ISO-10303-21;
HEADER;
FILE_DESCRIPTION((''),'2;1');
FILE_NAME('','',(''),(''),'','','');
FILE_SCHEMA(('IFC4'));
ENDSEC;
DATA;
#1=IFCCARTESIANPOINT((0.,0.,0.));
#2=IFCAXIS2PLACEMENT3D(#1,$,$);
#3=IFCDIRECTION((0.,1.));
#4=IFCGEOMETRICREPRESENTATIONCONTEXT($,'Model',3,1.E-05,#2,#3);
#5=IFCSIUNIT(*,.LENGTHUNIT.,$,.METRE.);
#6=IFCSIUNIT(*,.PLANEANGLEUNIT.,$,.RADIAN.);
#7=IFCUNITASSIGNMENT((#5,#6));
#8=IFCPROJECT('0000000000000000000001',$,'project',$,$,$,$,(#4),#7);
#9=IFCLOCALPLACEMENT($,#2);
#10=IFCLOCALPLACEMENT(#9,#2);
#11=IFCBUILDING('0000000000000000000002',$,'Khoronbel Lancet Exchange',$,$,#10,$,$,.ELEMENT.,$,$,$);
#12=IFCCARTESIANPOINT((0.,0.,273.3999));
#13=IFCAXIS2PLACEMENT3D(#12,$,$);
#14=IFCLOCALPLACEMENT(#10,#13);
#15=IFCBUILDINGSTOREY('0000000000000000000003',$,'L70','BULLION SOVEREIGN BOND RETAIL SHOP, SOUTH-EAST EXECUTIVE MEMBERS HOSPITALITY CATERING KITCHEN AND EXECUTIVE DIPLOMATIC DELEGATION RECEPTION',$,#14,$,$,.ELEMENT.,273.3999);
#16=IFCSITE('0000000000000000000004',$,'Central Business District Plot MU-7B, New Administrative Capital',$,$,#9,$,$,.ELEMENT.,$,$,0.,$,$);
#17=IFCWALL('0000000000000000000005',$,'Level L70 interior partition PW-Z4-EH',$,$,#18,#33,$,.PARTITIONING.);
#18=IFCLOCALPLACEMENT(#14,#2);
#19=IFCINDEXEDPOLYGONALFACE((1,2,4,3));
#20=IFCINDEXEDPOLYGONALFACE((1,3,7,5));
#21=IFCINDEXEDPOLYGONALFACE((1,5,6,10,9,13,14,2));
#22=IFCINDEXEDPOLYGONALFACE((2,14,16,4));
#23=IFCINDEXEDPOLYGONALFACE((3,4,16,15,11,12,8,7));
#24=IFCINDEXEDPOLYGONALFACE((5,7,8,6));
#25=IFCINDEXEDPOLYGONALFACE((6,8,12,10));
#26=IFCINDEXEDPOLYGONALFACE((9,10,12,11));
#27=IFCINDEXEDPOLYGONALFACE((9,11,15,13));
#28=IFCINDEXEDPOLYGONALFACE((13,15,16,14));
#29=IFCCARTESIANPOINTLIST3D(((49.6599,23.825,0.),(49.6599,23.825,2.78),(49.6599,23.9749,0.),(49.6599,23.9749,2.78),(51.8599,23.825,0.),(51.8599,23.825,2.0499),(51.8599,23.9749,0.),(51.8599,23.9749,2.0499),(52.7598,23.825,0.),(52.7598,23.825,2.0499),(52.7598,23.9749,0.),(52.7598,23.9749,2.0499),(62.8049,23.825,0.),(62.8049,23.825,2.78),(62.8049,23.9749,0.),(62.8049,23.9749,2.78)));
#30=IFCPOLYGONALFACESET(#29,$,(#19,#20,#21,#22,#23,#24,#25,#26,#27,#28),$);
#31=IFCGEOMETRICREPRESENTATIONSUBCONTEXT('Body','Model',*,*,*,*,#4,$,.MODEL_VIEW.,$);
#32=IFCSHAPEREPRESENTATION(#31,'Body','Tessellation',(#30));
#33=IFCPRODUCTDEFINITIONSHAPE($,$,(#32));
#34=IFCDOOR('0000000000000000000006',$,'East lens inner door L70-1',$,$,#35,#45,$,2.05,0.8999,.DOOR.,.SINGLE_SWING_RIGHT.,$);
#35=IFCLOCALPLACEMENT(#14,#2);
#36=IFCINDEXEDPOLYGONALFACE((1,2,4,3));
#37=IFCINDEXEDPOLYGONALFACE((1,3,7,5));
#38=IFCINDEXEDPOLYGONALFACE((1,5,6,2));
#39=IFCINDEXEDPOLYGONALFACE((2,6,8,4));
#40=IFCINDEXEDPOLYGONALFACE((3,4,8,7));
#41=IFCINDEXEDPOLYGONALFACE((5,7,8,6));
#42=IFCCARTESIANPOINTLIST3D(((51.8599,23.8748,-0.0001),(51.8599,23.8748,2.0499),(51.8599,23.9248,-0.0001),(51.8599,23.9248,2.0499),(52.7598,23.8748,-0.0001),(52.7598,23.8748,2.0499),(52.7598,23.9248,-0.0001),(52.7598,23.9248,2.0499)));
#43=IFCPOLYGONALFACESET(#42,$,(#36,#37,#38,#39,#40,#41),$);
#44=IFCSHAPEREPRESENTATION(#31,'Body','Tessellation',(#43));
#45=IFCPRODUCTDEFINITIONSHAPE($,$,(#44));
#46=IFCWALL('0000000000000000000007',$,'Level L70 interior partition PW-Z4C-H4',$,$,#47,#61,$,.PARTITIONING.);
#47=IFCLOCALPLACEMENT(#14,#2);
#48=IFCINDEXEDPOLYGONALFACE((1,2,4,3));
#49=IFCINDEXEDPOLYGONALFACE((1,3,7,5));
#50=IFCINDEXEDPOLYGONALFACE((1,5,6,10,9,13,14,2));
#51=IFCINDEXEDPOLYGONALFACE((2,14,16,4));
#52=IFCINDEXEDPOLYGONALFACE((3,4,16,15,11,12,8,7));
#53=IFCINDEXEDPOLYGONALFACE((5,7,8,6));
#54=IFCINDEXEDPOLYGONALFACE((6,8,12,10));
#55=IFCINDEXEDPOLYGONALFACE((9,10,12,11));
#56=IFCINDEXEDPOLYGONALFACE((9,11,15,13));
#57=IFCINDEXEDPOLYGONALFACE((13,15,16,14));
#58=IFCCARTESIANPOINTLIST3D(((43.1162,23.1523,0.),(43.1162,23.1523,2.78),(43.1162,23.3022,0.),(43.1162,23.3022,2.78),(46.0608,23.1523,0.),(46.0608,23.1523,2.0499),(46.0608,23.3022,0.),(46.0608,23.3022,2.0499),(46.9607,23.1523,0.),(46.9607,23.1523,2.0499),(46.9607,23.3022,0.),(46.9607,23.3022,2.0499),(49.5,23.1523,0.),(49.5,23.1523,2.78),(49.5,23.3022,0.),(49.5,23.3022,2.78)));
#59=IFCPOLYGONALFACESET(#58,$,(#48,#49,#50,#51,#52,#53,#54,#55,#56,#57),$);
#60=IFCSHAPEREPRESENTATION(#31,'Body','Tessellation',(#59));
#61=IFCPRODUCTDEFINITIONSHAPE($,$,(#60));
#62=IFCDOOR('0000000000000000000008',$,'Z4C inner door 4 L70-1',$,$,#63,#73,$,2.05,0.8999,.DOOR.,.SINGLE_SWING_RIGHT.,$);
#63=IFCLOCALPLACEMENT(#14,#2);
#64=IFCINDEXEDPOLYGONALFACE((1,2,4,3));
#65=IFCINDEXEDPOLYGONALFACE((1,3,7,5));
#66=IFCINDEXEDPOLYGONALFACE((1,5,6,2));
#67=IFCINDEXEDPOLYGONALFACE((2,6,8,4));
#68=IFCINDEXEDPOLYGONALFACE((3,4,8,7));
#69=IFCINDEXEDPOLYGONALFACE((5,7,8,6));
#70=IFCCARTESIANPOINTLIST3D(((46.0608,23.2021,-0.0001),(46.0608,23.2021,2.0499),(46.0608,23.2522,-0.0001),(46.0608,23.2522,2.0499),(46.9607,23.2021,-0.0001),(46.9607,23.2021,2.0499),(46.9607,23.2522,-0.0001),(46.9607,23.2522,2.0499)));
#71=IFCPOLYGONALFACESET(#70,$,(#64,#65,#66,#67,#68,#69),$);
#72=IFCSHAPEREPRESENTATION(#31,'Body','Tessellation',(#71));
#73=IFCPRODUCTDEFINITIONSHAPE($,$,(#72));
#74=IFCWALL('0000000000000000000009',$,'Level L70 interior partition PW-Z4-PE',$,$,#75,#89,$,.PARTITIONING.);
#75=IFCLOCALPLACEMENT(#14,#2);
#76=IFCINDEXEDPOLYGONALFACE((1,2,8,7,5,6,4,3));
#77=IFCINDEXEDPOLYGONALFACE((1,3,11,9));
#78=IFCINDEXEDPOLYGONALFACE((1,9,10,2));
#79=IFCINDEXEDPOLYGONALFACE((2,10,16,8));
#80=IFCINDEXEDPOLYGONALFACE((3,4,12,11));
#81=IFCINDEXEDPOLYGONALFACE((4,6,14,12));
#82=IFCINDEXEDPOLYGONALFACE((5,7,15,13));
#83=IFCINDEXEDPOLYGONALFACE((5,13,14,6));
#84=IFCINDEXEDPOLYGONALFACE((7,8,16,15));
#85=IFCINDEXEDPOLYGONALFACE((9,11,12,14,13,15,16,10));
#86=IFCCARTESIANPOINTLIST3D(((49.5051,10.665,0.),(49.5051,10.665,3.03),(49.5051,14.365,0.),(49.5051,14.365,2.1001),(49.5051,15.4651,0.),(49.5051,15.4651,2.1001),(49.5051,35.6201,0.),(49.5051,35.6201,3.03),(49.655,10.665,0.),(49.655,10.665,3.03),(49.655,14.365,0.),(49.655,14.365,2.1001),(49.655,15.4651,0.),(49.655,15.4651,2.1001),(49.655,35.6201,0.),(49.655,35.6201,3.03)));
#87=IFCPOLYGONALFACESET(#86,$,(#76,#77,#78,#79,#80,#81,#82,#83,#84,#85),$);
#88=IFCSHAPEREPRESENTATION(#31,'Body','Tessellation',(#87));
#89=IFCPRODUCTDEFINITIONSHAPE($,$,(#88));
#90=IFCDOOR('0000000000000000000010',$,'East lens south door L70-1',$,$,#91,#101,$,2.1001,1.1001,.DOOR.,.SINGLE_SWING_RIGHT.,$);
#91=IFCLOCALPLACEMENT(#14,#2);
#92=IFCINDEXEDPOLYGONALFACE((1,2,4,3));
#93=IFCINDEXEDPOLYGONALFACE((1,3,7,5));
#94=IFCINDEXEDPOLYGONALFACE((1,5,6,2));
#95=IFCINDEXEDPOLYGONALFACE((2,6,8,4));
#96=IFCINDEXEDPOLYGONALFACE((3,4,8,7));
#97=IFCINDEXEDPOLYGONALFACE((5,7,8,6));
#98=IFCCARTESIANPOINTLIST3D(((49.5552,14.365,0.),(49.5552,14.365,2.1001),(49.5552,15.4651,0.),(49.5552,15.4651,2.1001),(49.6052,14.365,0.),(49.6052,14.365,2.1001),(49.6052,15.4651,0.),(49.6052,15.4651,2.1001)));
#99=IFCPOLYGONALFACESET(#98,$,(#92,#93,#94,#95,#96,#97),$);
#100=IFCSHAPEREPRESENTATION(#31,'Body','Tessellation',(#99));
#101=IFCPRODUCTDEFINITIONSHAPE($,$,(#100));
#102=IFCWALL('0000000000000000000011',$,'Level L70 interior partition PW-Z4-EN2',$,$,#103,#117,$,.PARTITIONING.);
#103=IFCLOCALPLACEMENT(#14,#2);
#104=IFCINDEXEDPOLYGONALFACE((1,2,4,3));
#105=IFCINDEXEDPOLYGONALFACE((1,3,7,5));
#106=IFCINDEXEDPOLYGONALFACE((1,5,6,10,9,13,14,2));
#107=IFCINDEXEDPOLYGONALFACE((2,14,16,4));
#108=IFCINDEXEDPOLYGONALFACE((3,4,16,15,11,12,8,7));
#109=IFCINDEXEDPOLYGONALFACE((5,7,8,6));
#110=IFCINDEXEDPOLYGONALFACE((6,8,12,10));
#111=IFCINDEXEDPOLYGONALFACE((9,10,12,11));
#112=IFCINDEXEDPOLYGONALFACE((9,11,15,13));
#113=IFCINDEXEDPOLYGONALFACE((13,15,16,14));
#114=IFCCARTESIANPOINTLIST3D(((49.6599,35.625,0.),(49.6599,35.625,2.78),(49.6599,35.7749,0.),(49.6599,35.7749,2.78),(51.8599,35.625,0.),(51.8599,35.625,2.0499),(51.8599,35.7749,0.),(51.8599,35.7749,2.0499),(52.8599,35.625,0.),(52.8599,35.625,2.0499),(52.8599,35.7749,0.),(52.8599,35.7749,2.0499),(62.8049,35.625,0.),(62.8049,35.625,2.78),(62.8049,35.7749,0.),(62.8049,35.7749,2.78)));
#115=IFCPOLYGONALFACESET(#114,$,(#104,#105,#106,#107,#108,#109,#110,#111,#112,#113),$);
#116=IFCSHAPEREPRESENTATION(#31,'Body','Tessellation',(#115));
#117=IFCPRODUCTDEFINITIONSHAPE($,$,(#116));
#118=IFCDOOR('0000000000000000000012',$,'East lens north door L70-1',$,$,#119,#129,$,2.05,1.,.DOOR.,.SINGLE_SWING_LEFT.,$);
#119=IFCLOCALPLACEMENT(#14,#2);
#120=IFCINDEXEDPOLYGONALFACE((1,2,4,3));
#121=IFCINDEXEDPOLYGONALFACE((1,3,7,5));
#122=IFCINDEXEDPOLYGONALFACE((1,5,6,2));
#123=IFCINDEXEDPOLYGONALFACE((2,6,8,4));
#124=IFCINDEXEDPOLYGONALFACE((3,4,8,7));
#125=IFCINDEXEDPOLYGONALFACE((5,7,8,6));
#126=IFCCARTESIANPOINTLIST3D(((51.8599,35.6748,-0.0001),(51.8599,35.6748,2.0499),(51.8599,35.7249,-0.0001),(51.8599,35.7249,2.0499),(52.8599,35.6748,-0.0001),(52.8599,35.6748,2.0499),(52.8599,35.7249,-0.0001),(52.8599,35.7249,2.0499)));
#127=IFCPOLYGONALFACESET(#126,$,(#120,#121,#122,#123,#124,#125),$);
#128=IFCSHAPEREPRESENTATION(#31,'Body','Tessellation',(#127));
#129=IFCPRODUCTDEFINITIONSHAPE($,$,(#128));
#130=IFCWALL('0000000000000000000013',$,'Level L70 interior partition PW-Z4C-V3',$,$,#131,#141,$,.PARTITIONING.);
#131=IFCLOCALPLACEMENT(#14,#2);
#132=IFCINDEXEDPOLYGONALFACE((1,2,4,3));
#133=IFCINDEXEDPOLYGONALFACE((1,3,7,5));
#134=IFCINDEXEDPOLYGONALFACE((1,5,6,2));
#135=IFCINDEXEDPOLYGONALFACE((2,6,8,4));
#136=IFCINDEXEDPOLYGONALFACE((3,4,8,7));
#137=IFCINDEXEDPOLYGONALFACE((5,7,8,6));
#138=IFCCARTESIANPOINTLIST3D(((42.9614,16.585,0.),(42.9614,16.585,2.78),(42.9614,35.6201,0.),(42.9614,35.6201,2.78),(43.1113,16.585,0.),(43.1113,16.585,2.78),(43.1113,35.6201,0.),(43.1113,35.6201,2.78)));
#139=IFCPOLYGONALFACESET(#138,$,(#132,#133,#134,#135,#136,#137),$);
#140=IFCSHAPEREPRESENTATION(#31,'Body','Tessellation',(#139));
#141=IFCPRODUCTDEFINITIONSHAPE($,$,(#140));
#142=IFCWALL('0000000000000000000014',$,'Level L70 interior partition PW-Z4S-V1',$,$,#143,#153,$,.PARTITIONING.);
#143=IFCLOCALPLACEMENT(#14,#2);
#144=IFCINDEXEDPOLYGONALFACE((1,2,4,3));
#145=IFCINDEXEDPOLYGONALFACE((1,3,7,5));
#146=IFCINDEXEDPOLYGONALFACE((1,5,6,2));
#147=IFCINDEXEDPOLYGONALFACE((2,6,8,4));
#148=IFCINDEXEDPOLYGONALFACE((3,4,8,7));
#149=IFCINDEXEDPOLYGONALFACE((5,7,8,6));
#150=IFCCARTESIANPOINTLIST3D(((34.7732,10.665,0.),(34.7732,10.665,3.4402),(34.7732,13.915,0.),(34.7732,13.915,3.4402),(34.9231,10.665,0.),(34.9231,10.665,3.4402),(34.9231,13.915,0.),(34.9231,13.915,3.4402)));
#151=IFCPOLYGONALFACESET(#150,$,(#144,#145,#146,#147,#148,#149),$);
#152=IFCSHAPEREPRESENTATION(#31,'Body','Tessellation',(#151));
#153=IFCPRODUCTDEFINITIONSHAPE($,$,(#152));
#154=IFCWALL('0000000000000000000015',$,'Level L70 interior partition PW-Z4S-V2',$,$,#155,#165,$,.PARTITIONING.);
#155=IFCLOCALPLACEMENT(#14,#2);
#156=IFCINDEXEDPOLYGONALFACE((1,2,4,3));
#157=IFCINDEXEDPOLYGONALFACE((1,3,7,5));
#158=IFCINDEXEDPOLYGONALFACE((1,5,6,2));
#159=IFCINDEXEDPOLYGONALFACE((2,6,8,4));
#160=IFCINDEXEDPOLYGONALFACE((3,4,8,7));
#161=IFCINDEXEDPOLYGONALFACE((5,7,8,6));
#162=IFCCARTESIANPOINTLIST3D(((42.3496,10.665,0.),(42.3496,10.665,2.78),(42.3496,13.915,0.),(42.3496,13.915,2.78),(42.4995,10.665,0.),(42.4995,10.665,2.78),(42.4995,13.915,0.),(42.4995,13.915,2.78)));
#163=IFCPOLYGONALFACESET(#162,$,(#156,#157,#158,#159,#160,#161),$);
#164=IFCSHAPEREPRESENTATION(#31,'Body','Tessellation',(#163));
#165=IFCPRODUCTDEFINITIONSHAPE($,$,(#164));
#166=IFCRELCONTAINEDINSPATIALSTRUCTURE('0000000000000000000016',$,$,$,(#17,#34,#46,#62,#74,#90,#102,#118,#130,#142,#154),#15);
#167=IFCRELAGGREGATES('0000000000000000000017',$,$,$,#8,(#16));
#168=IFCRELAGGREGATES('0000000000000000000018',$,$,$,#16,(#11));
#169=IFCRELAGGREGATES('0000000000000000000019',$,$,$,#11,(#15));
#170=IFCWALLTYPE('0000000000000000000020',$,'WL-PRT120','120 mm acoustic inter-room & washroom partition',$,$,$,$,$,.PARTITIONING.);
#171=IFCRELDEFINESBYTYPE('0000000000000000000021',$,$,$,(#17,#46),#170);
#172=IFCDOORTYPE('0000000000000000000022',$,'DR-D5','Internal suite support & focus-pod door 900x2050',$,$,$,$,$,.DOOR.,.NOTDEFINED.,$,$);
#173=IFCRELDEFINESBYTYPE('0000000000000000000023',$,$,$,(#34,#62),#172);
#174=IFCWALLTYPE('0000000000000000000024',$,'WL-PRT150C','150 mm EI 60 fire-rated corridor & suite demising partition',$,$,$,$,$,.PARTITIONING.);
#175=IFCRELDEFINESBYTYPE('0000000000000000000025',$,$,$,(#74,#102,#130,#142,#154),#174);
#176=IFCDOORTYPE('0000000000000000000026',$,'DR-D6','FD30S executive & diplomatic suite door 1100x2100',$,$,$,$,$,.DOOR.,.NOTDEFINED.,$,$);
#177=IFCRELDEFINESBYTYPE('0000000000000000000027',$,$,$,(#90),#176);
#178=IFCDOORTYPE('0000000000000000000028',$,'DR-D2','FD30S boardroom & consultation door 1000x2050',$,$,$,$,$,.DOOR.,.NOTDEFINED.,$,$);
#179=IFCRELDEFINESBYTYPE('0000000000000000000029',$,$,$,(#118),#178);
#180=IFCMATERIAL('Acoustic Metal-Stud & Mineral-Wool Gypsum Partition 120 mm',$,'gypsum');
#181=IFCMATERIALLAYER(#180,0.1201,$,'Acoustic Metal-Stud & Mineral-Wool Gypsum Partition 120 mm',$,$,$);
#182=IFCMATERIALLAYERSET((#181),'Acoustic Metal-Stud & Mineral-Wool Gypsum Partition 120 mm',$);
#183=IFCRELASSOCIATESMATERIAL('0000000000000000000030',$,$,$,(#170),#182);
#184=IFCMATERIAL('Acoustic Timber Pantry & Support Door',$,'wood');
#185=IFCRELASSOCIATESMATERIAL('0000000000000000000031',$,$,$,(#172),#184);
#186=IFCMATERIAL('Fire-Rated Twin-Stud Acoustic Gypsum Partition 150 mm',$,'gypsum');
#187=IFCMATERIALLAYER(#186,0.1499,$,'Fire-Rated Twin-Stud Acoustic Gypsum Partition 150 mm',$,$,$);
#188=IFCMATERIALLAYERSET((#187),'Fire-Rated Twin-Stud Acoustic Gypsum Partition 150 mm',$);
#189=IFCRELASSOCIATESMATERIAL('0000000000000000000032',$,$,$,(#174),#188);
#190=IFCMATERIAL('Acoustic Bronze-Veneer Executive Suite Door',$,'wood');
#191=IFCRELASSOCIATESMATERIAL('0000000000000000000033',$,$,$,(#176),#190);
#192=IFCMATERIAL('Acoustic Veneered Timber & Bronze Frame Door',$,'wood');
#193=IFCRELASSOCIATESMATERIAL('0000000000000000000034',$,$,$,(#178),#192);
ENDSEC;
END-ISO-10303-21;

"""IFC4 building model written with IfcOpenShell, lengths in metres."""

from ifc_helpers import new_model, si_unit, direction, frame, frame_2d, origin, place, context, subcontext, project, spatial, rectangle, extrude, material, layer, layer_set, type_object, element, fill, save


model = new_model("IFC4")

# Units and contexts
model_context = context("Model", 3, precision=1e-05, world=origin(), true_north=direction((0.0, 1.0)))
body_context = subcontext(model_context, "Body", "Model", "MODEL_VIEW")
ifc_project = project(units=[si_unit("LENGTHUNIT", "METRE"), si_unit("PLANEANGLEUNIT", "RADIAN")], contexts=[model_context])

# Site, building, storey
site_placement = place(None, origin())
site = spatial("IfcSite", under=ifc_project, at=site_placement, Name="Central Business District Plot MU-7B, New Administrative Capital", CompositionType="ELEMENT", RefElevation=0.0)
building_placement = place(site_placement, origin())
building = spatial("IfcBuilding", under=site, at=building_placement, Name="Khoronbel Lancet Exchange", CompositionType="ELEMENT")
storey_placement = place(building_placement, frame((0.0, 0.0, 273.3999)))
storey = spatial("IfcBuildingStorey", under=building, at=storey_placement, Name="L70", Description="BULLION SOVEREIGN BOND RETAIL SHOP, SOUTH-EAST EXECUTIVE MEMBERS HOSPITALITY CATERING KITCHEN AND EXECUTIVE DIPLOMATIC DELEGATION RECEPTION", CompositionType="ELEMENT", Elevation=273.3999)

# Walls, openings, doors
ifc_material_1 = material(Name="Acoustic Metal-Stud & Mineral-Wool Gypsum Partition 120 mm", Category="gypsum")
ifc_layer_1 = layer(ifc_material_1, 0.1201, Name="Acoustic Metal-Stud & Mineral-Wool Gypsum Partition 120 mm")
ifc_layer_set_1 = layer_set([ifc_layer_1], Name="Acoustic Metal-Stud & Mineral-Wool Gypsum Partition 120 mm")
wall_type_1 = type_object("IfcWallType", Name="WL-PRT120", Description="120 mm acoustic inter-room & washroom partition", PredefinedType="PARTITIONING", material=ifc_layer_set_1)
wall_1_placement = place(storey_placement, frame((49.6599, 23.8999, 0.0), z_axis=(0.0, 0.0, 1.0), x_axis=(1.0, 0.0, 0.0)))
wall_1 = element("IfcWall", 1, at=wall_1_placement, inside=storey, type_object=wall_type_1, Name="Level L70 interior partition PW-Z4-EH", PredefinedType="PARTITIONING", context=body_context, shape_type="SweptSolid", body=[
    extrude(rectangle(XDim=13.145, YDim=0.1499, at=frame_2d((6.5725, 0.0))), origin(), (0.0, 0.0, 1.0), 2.78),
])
opening_1_placement = place(wall_1_placement, frame((2.2, 0.0, 0.0)))
opening_1 = element("IfcOpeningElement", 2, at=opening_1_placement, cuts=wall_1, PredefinedType="OPENING", context=body_context, shape_type="SweptSolid", body=[
    extrude(rectangle(XDim=0.8999, YDim=2.05, at=frame_2d((0.45, 1.0249))), frame((0.0, 0.085, 0.0), z_axis=(0.0, -1.0, 0.0), x_axis=(1.0, 0.0, 0.0)), (0.0, 0.0, 1.0), 0.1699),
])
ifc_material_2 = material(Name="Acoustic Timber Pantry & Support Door", Category="wood")
door_type_1 = type_object("IfcDoorType", Name="DR-D5", Description="Internal suite support & focus-pod door 900x2050", OperationType="NOTDEFINED", PredefinedType="DOOR", material=ifc_material_2)
door_1_placement = place(opening_1_placement, origin())
door_1 = element("IfcDoor", 3, at=door_1_placement, inside=storey, type_object=door_type_1, Name="East lens inner door L70-1", OperationType="SINGLE_SWING_RIGHT", OverallHeight=2.05, OverallWidth=0.8999, PredefinedType="DOOR", context=body_context, shape_type="SweptSolid", body=[
    extrude(rectangle(XDim=0.8999, YDim=2.05, at=frame_2d((0.45, 1.0249))), frame((0.0, 0.0249, 0.0), z_axis=(0.0, -1.0, 0.0), x_axis=(1.0, 0.0, 0.0)), (0.0, 0.0, 1.0), 0.05),
])
fill(opening_1, door_1)
wall_2_placement = place(storey_placement, frame((43.1162, 23.2273, 0.0), z_axis=(0.0, 0.0, 1.0), x_axis=(1.0, 0.0, 0.0)))
wall_2 = element("IfcWall", 4, at=wall_2_placement, inside=storey, type_object=wall_type_1, Name="Level L70 interior partition PW-Z4C-H4", PredefinedType="PARTITIONING", context=body_context, shape_type="SweptSolid", body=[
    extrude(rectangle(XDim=6.3838, YDim=0.1499, at=frame_2d((3.1919, 0.0))), origin(), (0.0, 0.0, 1.0), 2.78),
])
opening_2_placement = place(wall_2_placement, frame((2.9446, 0.0, 0.0)))
opening_2 = element("IfcOpeningElement", 5, at=opening_2_placement, cuts=wall_2, PredefinedType="OPENING", context=body_context, shape_type="SweptSolid", body=[
    extrude(rectangle(XDim=0.8999, YDim=2.05, at=frame_2d((0.45, 1.0249))), frame((0.0, 0.085, 0.0), z_axis=(0.0, -1.0, 0.0), x_axis=(1.0, 0.0, 0.0)), (0.0, 0.0, 1.0), 0.1699),
])
door_2_placement = place(opening_2_placement, origin())
door_2 = element("IfcDoor", 6, at=door_2_placement, inside=storey, type_object=door_type_1, Name="Z4C inner door 4 L70-1", OperationType="SINGLE_SWING_RIGHT", OverallHeight=2.05, OverallWidth=0.8999, PredefinedType="DOOR", context=body_context, shape_type="SweptSolid", body=[
    extrude(rectangle(XDim=0.8999, YDim=2.05, at=frame_2d((0.45, 1.0249))), frame((0.0, 0.0249, 0.0), z_axis=(0.0, -1.0, 0.0), x_axis=(1.0, 0.0, 0.0)), (0.0, 0.0, 1.0), 0.05),
])
fill(opening_2, door_2)
ifc_material_3 = material(Name="Fire-Rated Twin-Stud Acoustic Gypsum Partition 150 mm", Category="gypsum")
ifc_layer_2 = layer(ifc_material_3, 0.1499, Name="Fire-Rated Twin-Stud Acoustic Gypsum Partition 150 mm")
ifc_layer_set_2 = layer_set([ifc_layer_2], Name="Fire-Rated Twin-Stud Acoustic Gypsum Partition 150 mm")
wall_type_2 = type_object("IfcWallType", Name="WL-PRT150C", Description="150 mm EI 60 fire-rated corridor & suite demising partition", PredefinedType="PARTITIONING", material=ifc_layer_set_2)
wall_3_placement = place(storey_placement, frame((49.5801, 10.665, 0.0), z_axis=(0.0, 0.0, 1.0), x_axis=(0.0, 1.0, 0.0)))
wall_3 = element("IfcWall", 7, at=wall_3_placement, inside=storey, type_object=wall_type_2, Name="Level L70 interior partition PW-Z4-PE", PredefinedType="PARTITIONING", context=body_context, shape_type="SweptSolid", body=[
    extrude(rectangle(XDim=24.9551, YDim=0.1499, at=frame_2d((12.4775, 0.0))), origin(), (0.0, 0.0, 1.0), 3.03),
])
opening_3_placement = place(wall_3_placement, frame((3.7, 0.0, 0.0)))
opening_3 = element("IfcOpeningElement", 8, at=opening_3_placement, cuts=wall_3, PredefinedType="OPENING", context=body_context, shape_type="SweptSolid", body=[
    extrude(rectangle(XDim=1.1001, YDim=2.1001, at=frame_2d((0.55, 1.05))), frame((0.0, 0.085, 0.0), z_axis=(0.0, -1.0, 0.0), x_axis=(1.0, 0.0, 0.0)), (0.0, 0.0, 1.0), 0.1699),
])
ifc_material_4 = material(Name="Acoustic Bronze-Veneer Executive Suite Door", Category="wood")
door_type_2 = type_object("IfcDoorType", Name="DR-D6", Description="FD30S executive & diplomatic suite door 1100x2100", OperationType="NOTDEFINED", PredefinedType="DOOR", material=ifc_material_4)
door_3_placement = place(opening_3_placement, origin())
door_3 = element("IfcDoor", 9, at=door_3_placement, inside=storey, type_object=door_type_2, Name="East lens south door L70-1", OperationType="SINGLE_SWING_RIGHT", OverallHeight=2.1001, OverallWidth=1.1001, PredefinedType="DOOR", context=body_context, shape_type="SweptSolid", body=[
    extrude(rectangle(XDim=1.1001, YDim=2.1001, at=frame_2d((0.55, 1.05))), frame((0.0, 0.0249, 0.0), z_axis=(0.0, -1.0, 0.0), x_axis=(1.0, 0.0, 0.0)), (0.0, 0.0, 1.0), 0.05),
])
fill(opening_3, door_3)
wall_4_placement = place(storey_placement, frame((49.6599, 35.7, 0.0), z_axis=(0.0, 0.0, 1.0), x_axis=(1.0, 0.0, 0.0)))
wall_4 = element("IfcWall", 10, at=wall_4_placement, inside=storey, type_object=wall_type_2, Name="Level L70 interior partition PW-Z4-EN2", PredefinedType="PARTITIONING", context=body_context, shape_type="SweptSolid", body=[
    extrude(rectangle(XDim=13.145, YDim=0.1499, at=frame_2d((6.5725, 0.0))), origin(), (0.0, 0.0, 1.0), 2.78),
])
opening_4_placement = place(wall_4_placement, frame((2.2, 0.0, 0.0)))
opening_4 = element("IfcOpeningElement", 11, at=opening_4_placement, cuts=wall_4, PredefinedType="OPENING", context=body_context, shape_type="SweptSolid", body=[
    extrude(rectangle(XDim=1.0, YDim=2.05, at=frame_2d((0.5, 1.0249))), frame((0.0, 0.085, 0.0), z_axis=(0.0, -1.0, 0.0), x_axis=(1.0, 0.0, 0.0)), (0.0, 0.0, 1.0), 0.1699),
])
ifc_material_5 = material(Name="Acoustic Veneered Timber & Bronze Frame Door", Category="wood")
door_type_3 = type_object("IfcDoorType", Name="DR-D2", Description="FD30S boardroom & consultation door 1000x2050", OperationType="NOTDEFINED", PredefinedType="DOOR", material=ifc_material_5)
door_4_placement = place(opening_4_placement, origin())
door_4 = element("IfcDoor", 12, at=door_4_placement, inside=storey, type_object=door_type_3, Name="East lens north door L70-1", OperationType="SINGLE_SWING_LEFT", OverallHeight=2.05, OverallWidth=1.0, PredefinedType="DOOR", context=body_context, shape_type="SweptSolid", body=[
    extrude(rectangle(XDim=1.0, YDim=2.05, at=frame_2d((0.5, 1.0249))), frame((0.0, 0.0249, 0.0), z_axis=(0.0, -1.0, 0.0), x_axis=(1.0, 0.0, 0.0)), (0.0, 0.0, 1.0), 0.05),
])
fill(opening_4, door_4)

# Walls
wall_5_placement = place(storey_placement, frame((43.0364, 16.585, 0.0), z_axis=(0.0, 0.0, 1.0), x_axis=(0.0, 1.0, 0.0)))
element("IfcWall", 13, at=wall_5_placement, inside=storey, type_object=wall_type_2, Name="Level L70 interior partition PW-Z4C-V3", PredefinedType="PARTITIONING", context=body_context, shape_type="SweptSolid", body=[
    extrude(rectangle(XDim=19.0352, YDim=0.1499, at=frame_2d((9.5176, 0.0))), origin(), (0.0, 0.0, 1.0), 2.78),
])
wall_6_placement = place(storey_placement, frame((34.8481, 10.665, 0.0), z_axis=(0.0, 0.0, 1.0), x_axis=(0.0, 1.0, 0.0)))
element("IfcWall", 14, at=wall_6_placement, inside=storey, type_object=wall_type_2, Name="Level L70 interior partition PW-Z4S-V1", PredefinedType="PARTITIONING", context=body_context, shape_type="SweptSolid", body=[
    extrude(rectangle(XDim=3.25, YDim=0.1499, at=frame_2d((1.625, 0.0))), origin(), (0.0, 0.0, 1.0), 3.4402),
])
wall_7_placement = place(storey_placement, frame((42.4246, 10.665, 0.0), z_axis=(0.0, 0.0, 1.0), x_axis=(0.0, 1.0, 0.0)))
element("IfcWall", 15, at=wall_7_placement, inside=storey, type_object=wall_type_2, Name="Level L70 interior partition PW-Z4S-V2", PredefinedType="PARTITIONING", context=body_context, shape_type="SweptSolid", body=[
    extrude(rectangle(XDim=3.25, YDim=0.1499, at=frame_2d((1.625, 0.0))), origin(), (0.0, 0.0, 1.0), 2.78),
])

save(model, "model.ifc")
